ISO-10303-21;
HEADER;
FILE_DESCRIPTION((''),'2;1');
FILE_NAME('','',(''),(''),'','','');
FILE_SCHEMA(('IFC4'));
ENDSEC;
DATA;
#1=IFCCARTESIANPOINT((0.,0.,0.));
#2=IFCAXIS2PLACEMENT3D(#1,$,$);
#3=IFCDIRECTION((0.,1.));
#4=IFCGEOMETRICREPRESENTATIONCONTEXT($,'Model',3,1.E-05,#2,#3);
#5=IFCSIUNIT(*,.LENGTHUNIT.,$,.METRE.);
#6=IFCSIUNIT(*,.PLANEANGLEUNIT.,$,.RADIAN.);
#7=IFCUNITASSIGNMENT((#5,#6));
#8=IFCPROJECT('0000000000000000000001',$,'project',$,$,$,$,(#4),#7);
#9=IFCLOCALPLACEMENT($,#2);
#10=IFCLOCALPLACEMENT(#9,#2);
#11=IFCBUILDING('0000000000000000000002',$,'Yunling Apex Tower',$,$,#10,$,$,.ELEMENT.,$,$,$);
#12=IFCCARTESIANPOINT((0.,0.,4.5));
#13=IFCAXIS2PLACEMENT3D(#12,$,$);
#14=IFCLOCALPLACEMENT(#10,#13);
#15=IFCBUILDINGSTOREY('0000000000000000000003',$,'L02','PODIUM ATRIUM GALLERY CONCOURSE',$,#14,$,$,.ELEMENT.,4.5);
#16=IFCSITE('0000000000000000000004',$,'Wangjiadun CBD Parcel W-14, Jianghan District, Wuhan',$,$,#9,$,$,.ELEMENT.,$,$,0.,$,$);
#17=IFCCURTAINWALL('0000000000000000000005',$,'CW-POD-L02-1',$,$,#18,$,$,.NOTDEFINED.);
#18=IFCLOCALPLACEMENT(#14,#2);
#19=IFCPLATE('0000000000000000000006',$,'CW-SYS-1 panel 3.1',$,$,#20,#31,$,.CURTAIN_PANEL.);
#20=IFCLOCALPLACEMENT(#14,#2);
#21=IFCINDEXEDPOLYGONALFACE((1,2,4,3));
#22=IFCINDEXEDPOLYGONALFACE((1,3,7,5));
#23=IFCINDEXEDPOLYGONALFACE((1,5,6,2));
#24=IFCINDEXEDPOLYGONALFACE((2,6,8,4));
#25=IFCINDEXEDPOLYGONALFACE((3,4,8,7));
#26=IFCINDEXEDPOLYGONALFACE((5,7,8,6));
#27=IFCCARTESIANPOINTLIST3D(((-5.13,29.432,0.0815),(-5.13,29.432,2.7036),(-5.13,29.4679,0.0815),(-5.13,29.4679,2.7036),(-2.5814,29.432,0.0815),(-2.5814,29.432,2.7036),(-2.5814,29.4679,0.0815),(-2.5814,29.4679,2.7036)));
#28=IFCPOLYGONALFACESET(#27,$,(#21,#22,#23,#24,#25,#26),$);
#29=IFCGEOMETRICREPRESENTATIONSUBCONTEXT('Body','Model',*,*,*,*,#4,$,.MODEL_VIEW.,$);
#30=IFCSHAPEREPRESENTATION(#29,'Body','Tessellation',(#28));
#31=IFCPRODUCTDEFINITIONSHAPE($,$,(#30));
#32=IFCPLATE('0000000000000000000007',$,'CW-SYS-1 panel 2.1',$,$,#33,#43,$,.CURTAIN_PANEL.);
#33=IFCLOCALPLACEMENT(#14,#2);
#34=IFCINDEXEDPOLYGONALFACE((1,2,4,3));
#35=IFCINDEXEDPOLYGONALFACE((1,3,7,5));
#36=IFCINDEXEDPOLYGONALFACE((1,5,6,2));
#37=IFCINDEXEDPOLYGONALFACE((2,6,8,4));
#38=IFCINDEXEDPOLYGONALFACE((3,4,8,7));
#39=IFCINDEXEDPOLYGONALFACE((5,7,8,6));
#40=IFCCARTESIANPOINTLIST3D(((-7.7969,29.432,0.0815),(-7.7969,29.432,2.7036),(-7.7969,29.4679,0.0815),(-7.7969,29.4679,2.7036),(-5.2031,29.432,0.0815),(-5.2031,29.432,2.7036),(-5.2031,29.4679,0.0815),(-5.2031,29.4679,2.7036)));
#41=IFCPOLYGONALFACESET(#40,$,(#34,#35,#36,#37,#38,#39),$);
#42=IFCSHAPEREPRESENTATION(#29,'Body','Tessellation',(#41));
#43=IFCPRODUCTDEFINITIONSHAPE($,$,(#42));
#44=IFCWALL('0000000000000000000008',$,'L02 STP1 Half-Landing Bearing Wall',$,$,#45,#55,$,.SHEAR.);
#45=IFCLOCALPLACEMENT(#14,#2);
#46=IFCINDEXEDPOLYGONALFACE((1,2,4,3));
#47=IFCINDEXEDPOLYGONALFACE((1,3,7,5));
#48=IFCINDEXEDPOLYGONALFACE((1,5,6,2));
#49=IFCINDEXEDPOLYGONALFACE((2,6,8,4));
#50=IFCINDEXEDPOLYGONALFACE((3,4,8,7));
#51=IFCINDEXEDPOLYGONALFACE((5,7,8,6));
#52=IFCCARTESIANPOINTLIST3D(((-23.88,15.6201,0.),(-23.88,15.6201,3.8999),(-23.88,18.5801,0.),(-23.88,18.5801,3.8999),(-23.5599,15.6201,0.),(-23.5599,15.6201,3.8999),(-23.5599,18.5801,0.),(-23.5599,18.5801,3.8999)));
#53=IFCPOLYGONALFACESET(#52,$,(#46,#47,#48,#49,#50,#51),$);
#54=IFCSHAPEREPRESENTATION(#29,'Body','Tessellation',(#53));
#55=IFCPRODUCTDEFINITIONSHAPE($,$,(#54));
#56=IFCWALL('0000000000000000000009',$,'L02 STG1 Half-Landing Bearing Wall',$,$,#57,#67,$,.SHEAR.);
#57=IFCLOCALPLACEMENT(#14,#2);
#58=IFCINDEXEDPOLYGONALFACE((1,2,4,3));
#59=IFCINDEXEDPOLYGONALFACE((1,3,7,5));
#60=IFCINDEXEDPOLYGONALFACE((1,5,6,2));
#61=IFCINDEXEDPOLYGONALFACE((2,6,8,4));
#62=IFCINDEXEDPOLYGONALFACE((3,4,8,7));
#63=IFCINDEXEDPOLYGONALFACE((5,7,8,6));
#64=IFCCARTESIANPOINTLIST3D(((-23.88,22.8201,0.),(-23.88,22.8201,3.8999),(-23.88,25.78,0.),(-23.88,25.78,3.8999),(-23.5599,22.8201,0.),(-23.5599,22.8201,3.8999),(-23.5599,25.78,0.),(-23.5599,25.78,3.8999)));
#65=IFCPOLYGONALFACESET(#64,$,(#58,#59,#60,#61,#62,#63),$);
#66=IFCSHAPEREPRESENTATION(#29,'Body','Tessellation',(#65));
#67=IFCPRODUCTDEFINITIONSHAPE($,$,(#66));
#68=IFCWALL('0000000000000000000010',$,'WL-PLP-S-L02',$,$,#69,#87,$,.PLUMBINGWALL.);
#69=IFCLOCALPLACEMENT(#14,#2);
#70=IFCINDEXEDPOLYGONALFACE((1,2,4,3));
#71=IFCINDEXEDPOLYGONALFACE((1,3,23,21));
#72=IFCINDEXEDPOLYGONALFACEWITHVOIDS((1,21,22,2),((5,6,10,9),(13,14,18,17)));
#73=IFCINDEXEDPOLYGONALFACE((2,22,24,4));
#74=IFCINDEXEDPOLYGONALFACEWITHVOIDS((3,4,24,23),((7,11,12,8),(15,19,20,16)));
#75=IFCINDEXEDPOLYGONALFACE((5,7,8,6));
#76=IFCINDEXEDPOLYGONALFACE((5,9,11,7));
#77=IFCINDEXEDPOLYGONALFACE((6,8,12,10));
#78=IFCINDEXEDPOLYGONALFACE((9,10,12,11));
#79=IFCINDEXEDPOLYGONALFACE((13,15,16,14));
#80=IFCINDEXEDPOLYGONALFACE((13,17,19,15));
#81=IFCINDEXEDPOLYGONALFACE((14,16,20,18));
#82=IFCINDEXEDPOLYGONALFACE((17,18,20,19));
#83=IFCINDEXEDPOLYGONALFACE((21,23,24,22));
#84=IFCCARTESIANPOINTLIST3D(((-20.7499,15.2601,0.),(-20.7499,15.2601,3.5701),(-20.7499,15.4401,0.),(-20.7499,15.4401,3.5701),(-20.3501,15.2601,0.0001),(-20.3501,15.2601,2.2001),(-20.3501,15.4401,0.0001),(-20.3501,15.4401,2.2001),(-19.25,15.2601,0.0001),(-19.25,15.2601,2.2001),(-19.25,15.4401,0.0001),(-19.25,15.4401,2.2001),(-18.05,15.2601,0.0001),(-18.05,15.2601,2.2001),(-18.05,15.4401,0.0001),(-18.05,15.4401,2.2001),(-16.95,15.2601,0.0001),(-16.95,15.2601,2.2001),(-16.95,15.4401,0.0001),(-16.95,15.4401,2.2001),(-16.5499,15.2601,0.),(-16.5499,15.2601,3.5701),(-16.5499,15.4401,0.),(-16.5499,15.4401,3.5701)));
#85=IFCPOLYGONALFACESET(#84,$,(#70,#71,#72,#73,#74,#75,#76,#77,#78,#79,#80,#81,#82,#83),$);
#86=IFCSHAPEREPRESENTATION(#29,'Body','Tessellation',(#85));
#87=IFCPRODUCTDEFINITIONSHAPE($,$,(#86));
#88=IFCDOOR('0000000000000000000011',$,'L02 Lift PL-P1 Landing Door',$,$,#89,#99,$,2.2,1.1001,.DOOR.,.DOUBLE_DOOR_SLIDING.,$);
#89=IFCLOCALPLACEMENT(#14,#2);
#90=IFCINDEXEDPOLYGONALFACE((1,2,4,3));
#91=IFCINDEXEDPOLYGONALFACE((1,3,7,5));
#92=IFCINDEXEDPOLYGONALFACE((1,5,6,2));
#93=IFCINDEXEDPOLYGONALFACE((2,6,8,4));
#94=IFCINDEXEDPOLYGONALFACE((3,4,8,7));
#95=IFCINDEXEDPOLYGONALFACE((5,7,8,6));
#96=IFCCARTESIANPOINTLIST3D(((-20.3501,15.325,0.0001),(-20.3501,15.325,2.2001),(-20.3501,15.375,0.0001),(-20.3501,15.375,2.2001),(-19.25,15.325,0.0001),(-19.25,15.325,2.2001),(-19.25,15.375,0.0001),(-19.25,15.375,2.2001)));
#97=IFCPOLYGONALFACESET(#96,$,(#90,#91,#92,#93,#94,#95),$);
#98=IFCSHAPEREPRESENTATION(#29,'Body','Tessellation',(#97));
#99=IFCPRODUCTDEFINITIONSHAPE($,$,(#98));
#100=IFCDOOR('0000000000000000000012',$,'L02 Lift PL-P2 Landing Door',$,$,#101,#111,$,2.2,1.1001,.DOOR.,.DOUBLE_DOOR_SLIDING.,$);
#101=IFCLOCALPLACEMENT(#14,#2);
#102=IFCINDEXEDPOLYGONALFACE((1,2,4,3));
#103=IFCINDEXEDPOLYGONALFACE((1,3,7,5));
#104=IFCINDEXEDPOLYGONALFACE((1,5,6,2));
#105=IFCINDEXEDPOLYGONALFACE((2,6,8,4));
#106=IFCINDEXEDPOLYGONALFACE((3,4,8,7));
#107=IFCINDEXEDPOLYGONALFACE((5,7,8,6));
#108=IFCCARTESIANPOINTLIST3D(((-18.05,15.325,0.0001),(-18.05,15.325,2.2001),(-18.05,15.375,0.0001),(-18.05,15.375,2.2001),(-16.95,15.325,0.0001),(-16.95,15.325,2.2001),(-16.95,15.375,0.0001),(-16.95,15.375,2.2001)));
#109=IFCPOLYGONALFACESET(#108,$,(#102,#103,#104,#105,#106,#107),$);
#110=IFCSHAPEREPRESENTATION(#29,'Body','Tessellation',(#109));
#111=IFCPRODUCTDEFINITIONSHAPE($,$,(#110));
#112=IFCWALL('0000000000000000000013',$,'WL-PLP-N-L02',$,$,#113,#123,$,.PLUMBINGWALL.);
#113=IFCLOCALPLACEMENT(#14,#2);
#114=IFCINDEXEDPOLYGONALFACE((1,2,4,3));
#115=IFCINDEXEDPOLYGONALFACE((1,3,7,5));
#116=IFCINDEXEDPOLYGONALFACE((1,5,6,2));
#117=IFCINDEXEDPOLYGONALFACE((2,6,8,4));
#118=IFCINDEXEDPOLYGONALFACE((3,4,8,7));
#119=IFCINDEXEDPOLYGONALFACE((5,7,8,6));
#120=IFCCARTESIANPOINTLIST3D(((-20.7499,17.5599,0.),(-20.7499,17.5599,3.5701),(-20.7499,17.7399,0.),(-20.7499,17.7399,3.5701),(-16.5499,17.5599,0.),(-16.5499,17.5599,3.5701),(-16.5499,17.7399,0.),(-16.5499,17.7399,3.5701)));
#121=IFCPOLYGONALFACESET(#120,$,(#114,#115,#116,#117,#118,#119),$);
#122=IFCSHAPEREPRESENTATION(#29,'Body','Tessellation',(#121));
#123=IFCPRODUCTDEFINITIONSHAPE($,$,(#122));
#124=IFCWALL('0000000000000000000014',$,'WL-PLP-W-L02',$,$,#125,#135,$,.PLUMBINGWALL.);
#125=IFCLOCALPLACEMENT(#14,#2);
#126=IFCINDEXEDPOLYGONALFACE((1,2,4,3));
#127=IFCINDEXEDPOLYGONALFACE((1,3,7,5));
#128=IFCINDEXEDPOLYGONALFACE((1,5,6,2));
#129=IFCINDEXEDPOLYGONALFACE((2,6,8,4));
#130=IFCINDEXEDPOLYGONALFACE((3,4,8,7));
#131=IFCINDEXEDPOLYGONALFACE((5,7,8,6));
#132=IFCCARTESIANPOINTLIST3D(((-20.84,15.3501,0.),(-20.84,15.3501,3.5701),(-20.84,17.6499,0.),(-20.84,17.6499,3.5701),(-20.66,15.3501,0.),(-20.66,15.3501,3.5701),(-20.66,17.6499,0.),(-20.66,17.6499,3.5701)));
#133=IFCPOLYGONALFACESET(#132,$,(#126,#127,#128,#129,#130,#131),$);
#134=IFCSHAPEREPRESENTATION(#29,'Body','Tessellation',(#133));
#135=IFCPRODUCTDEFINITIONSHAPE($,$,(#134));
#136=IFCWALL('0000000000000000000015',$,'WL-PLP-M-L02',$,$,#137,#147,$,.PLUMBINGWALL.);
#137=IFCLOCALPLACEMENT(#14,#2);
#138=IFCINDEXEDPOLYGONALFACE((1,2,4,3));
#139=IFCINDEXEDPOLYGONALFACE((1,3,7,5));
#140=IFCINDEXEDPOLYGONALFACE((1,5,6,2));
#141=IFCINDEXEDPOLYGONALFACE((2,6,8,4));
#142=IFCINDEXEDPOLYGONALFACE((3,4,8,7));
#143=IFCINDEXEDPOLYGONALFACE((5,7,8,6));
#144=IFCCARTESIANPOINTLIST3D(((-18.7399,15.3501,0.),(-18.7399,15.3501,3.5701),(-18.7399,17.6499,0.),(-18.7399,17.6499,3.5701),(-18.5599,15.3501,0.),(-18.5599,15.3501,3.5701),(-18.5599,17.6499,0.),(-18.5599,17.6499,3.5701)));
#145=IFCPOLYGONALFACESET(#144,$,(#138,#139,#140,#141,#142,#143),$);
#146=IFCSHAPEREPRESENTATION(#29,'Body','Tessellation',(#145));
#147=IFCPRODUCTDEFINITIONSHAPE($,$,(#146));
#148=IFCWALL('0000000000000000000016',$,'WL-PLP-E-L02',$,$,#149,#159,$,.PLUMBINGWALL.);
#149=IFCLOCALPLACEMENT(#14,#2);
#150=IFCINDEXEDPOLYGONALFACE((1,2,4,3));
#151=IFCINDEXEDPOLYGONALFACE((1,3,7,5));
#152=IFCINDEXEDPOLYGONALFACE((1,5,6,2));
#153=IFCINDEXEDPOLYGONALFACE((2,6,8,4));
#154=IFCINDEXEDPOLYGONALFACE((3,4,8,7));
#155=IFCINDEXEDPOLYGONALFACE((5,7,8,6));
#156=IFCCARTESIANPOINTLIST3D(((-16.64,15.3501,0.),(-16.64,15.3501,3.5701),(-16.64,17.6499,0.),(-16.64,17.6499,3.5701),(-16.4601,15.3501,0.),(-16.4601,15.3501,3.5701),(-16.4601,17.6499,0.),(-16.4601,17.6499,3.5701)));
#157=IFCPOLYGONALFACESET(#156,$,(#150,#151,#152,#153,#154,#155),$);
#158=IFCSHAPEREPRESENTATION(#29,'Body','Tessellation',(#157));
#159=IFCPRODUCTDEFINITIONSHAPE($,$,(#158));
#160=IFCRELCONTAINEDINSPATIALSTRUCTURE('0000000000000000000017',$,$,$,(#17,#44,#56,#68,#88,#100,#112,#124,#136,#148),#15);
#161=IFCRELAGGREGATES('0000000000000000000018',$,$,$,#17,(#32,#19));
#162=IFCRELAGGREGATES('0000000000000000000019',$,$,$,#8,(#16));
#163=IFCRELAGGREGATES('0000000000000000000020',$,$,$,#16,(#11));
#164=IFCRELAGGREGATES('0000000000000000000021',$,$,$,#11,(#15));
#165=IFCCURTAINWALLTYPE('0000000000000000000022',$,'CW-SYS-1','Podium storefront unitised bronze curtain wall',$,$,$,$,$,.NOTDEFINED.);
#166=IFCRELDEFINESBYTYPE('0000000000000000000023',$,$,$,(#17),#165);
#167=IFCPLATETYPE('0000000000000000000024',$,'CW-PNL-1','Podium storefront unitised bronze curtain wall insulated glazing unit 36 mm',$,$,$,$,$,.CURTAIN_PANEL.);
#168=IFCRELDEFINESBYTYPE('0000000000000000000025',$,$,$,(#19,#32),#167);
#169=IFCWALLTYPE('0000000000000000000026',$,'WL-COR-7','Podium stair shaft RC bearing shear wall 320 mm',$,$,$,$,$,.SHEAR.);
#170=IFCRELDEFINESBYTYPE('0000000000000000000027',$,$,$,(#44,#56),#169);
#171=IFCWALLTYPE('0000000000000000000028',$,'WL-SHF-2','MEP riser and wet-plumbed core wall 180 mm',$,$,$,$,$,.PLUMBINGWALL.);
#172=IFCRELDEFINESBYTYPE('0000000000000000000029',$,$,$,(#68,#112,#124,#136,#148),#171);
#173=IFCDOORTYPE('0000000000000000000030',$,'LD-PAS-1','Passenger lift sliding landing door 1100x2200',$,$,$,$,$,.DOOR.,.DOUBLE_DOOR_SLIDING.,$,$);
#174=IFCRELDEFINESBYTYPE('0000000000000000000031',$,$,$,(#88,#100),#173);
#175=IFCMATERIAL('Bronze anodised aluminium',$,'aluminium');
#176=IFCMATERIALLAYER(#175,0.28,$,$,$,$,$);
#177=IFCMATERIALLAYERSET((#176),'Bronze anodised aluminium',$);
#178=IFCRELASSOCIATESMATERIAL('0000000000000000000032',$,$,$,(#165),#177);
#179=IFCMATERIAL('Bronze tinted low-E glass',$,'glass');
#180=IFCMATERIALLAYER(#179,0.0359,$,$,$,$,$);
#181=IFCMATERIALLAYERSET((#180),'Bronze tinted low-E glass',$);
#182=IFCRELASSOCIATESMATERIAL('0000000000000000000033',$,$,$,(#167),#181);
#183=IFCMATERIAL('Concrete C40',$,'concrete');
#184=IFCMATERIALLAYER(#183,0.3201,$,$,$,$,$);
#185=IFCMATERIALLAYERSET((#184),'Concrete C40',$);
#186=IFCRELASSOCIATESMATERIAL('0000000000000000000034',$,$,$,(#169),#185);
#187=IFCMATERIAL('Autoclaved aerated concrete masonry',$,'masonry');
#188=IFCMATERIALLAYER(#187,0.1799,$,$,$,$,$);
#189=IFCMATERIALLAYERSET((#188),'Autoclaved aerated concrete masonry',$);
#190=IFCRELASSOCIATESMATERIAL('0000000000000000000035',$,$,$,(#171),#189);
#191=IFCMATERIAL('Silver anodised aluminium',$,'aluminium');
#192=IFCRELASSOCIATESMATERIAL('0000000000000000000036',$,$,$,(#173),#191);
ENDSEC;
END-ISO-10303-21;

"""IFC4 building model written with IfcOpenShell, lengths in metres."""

from ifc_helpers import new_model, si_unit, direction, frame, frame_2d, origin, origin_2d, place, context, subcontext, project, spatial, rectangle, extrude, source, transform, mapped, material, layer, layer_set, type_object, element, fill, aggregate, save


model = new_model("IFC4")

# Units and contexts
model_context = context("Model", 3, precision=1e-05, world=origin(), true_north=direction((0.0, 1.0)))
body_context = subcontext(model_context, "Body", "Model", "MODEL_VIEW")
ifc_project = project(units=[si_unit("LENGTHUNIT", "METRE"), si_unit("PLANEANGLEUNIT", "RADIAN")], contexts=[model_context])

# Site, building, storey
site_placement = place(None, origin())
site = spatial("IfcSite", under=ifc_project, at=site_placement, Name="Wangjiadun CBD Parcel W-14, Jianghan District, Wuhan", CompositionType="ELEMENT", RefElevation=0.0)
building_placement = place(site_placement, origin())
building = spatial("IfcBuilding", under=site, at=building_placement, Name="Yunling Apex Tower", CompositionType="ELEMENT")
storey_placement = place(building_placement, frame((0.0, 0.0, 4.5)))
storey = spatial("IfcBuildingStorey", under=building, at=storey_placement, Name="L02", Description="PODIUM ATRIUM GALLERY CONCOURSE", CompositionType="ELEMENT", Elevation=4.5)

# Curtain wall, plates
ifc_material_1 = material(Name="Bronze anodised aluminium", Category="aluminium")
ifc_layer_1 = layer(ifc_material_1, 0.28)
ifc_layer_set_1 = layer_set([ifc_layer_1], Name="Bronze anodised aluminium")
curtain_wall_type = type_object("IfcCurtainWallType", Name="CW-SYS-1", Description="Podium storefront unitised bronze curtain wall", PredefinedType="NOTDEFINED", material=ifc_layer_set_1)
curtain_wall_placement = place(storey_placement, origin())
curtain_wall = element("IfcCurtainWall", 1, at=curtain_wall_placement, inside=storey, type_object=curtain_wall_type, Name="CW-POD-L02-1", PredefinedType="NOTDEFINED")
ifc_material_2 = material(Name="Bronze tinted low-E glass", Category="glass")
ifc_layer_2 = layer(ifc_material_2, 0.0359)
ifc_layer_set_2 = layer_set([ifc_layer_2], Name="Bronze tinted low-E glass")
plate_type = type_object("IfcPlateType", Name="CW-PNL-1", Description="Podium storefront unitised bronze curtain wall insulated glazing unit 36 mm", PredefinedType="CURTAIN_PANEL", material=ifc_layer_set_2)
shared_shape_1 = source(origin(), body_context, "Body", "SweptSolid", [
    extrude(rectangle(XDim=2.5486, YDim=0.0359, at=origin_2d()), origin(), (0.0, 0.0, 1.0), 2.6221),
])
plate_1_placement = place(storey_placement, frame((-3.8557, 29.45, 0.0815), z_axis=(0.0, 0.0, 1.0), x_axis=(1.0, 0.0, 0.0)))
plate_1 = element("IfcPlate", 2, at=plate_1_placement, type_object=plate_type, Name="CW-SYS-1 panel 3.1", PredefinedType="CURTAIN_PANEL", context=body_context, shape_type="MappedRepresentation", body=[
    mapped(shared_shape_1, transform((0.0, 0.0, 0.0), scale=1.0)),
])
shared_shape_2 = source(origin(), body_context, "Body", "SweptSolid", [
    extrude(rectangle(XDim=2.5938, YDim=0.0359, at=origin_2d()), origin(), (0.0, 0.0, 1.0), 2.6221),
])
plate_2_placement = place(storey_placement, frame((-6.5, 29.45, 0.0815), z_axis=(0.0, 0.0, 1.0), x_axis=(1.0, 0.0, 0.0)))
plate_2 = element("IfcPlate", 3, at=plate_2_placement, type_object=plate_type, Name="CW-SYS-1 panel 2.1", PredefinedType="CURTAIN_PANEL", context=body_context, shape_type="MappedRepresentation", body=[
    mapped(shared_shape_2, transform((0.0, 0.0, 0.0), scale=1.0)),
])
aggregate(curtain_wall, [plate_2, plate_1])

# Walls
ifc_material_3 = material(Name="Concrete C40", Category="concrete")
ifc_layer_3 = layer(ifc_material_3, 0.3201)
ifc_layer_set_3 = layer_set([ifc_layer_3], Name="Concrete C40")
wall_type_1 = type_object("IfcWallType", Name="WL-COR-7", Description="Podium stair shaft RC bearing shear wall 320 mm", PredefinedType="SHEAR", material=ifc_layer_set_3)
for number, where, z_axis, x_axis, name in (
    (4, (-23.72, 15.6201, 0.0), (0.0, 0.0, 1.0), (0.0, 1.0, 0.0), "L02 STP1 Half-Landing Bearing Wall"),
    (5, (-23.72, 22.8201, 0.0), (0.0, 0.0, 1.0), (0.0, 1.0, 0.0), "L02 STG1 Half-Landing Bearing Wall"),
):
    element("IfcWall", number, at=place(storey_placement, frame(where, z_axis=z_axis, x_axis=x_axis)), inside=storey, type_object=wall_type_1, Name=name, PredefinedType="SHEAR", context=body_context, shape_type="SweptSolid", body=[
        extrude(rectangle(XDim=2.96, YDim=0.3201, at=frame_2d((1.48, 0.0))), origin(), (0.0, 0.0, 1.0), 3.8999),
    ])

# Wall, openings, doors
ifc_material_4 = material(Name="Autoclaved aerated concrete masonry", Category="masonry")
ifc_layer_4 = layer(ifc_material_4, 0.1799)
ifc_layer_set_4 = layer_set([ifc_layer_4], Name="Autoclaved aerated concrete masonry")
wall_type_2 = type_object("IfcWallType", Name="WL-SHF-2", Description="MEP riser and wet-plumbed core wall 180 mm", PredefinedType="PLUMBINGWALL", material=ifc_layer_set_4)
wall_1_placement = place(storey_placement, frame((-20.75, 15.3501, 0.0), z_axis=(0.0, 0.0, 1.0), x_axis=(1.0, 0.0, 0.0)))
wall_1 = element("IfcWall", 6, at=wall_1_placement, inside=storey, type_object=wall_type_2, Name="WL-PLP-S-L02", PredefinedType="PLUMBINGWALL", context=body_context, shape_type="SweptSolid", body=[
    extrude(rectangle(XDim=4.2, YDim=0.1799, at=frame_2d((2.1001, 0.0))), origin(), (0.0, 0.0, 1.0), 3.5701),
])
opening_1_placement = place(wall_1_placement, frame((0.3999, 0.0, 0.0)))
opening_1 = element("IfcOpeningElement", 7, at=opening_1_placement, cuts=wall_1, PredefinedType="OPENING", context=body_context, shape_type="SweptSolid", body=[
    extrude(rectangle(XDim=1.1001, YDim=2.2, at=frame_2d((0.55, 1.1001))), frame((0.0, 0.1001, 0.0), z_axis=(0.0, -1.0, 0.0), x_axis=(1.0, 0.0, 0.0)), (0.0, 0.0, 1.0), 0.2),
])
opening_2_placement = place(wall_1_placement, frame((2.7, 0.0, 0.0)))
opening_2 = element("IfcOpeningElement", 8, at=opening_2_placement, cuts=wall_1, PredefinedType="OPENING", context=body_context, shape_type="SweptSolid", body=[
    extrude(rectangle(XDim=1.1001, YDim=2.2, at=frame_2d((0.55, 1.1001))), frame((0.0, 0.1001, 0.0), z_axis=(0.0, -1.0, 0.0), x_axis=(1.0, 0.0, 0.0)), (0.0, 0.0, 1.0), 0.2),
])
ifc_material_5 = material(Name="Silver anodised aluminium", Category="aluminium")
door_type = type_object("IfcDoorType", Name="LD-PAS-1", Description="Passenger lift sliding landing door 1100x2200", OperationType="DOUBLE_DOOR_SLIDING", PredefinedType="DOOR", material=ifc_material_5)
door_1_placement = place(opening_1_placement, origin())
door_1 = element("IfcDoor", 9, at=door_1_placement, inside=storey, type_object=door_type, Name="L02 Lift PL-P1 Landing Door", OperationType="DOUBLE_DOOR_SLIDING", OverallHeight=2.2, OverallWidth=1.1001, PredefinedType="DOOR", context=body_context, shape_type="SweptSolid", body=[
    extrude(rectangle(XDim=1.1001, YDim=2.2, at=frame_2d((0.55, 1.1001))), frame((0.0, 0.0249, 0.0), z_axis=(0.0, -1.0, 0.0), x_axis=(1.0, 0.0, 0.0)), (0.0, 0.0, 1.0), 0.05),
])
fill(opening_1, door_1)
door_2_placement = place(opening_2_placement, origin())
door_2 = element("IfcDoor", 10, at=door_2_placement, inside=storey, type_object=door_type, Name="L02 Lift PL-P2 Landing Door", OperationType="DOUBLE_DOOR_SLIDING", OverallHeight=2.2, OverallWidth=1.1001, PredefinedType="DOOR", context=body_context, shape_type="SweptSolid", body=[
    extrude(rectangle(XDim=1.1001, YDim=2.2, at=frame_2d((0.55, 1.1001))), frame((0.0, 0.0249, 0.0), z_axis=(0.0, -1.0, 0.0), x_axis=(1.0, 0.0, 0.0)), (0.0, 0.0, 1.0), 0.05),
])
fill(opening_2, door_2)

# Walls
wall_2_placement = place(storey_placement, frame((-20.75, 17.6499, 0.0), z_axis=(0.0, 0.0, 1.0), x_axis=(1.0, 0.0, 0.0)))
element("IfcWall", 11, at=wall_2_placement, inside=storey, type_object=wall_type_2, Name="WL-PLP-N-L02", PredefinedType="PLUMBINGWALL", context=body_context, shape_type="SweptSolid", body=[
    extrude(rectangle(XDim=4.2, YDim=0.1799, at=frame_2d((2.1001, 0.0))), origin(), (0.0, 0.0, 1.0), 3.5701),
])
for number, where, z_axis, x_axis, name in (
    (12, (-20.75, 15.3501, 0.0), (0.0, 0.0, 1.0), (0.0, 1.0, 0.0), "WL-PLP-W-L02"),
    (13, (-18.6499, 15.3501, 0.0), (0.0, 0.0, 1.0), (0.0, 1.0, 0.0), "WL-PLP-M-L02"),
    (14, (-16.55, 15.3501, 0.0), (0.0, 0.0, 1.0), (0.0, 1.0, 0.0), "WL-PLP-E-L02"),
):
    element("IfcWall", number, at=place(storey_placement, frame(where, z_axis=z_axis, x_axis=x_axis)), inside=storey, type_object=wall_type_2, Name=name, PredefinedType="PLUMBINGWALL", context=body_context, shape_type="SweptSolid", body=[
        extrude(rectangle(XDim=2.2998, YDim=0.1799, at=frame_2d((1.1499, 0.0))), origin(), (0.0, 0.0, 1.0), 3.5701),
    ])

save(model, "model.ifc")
